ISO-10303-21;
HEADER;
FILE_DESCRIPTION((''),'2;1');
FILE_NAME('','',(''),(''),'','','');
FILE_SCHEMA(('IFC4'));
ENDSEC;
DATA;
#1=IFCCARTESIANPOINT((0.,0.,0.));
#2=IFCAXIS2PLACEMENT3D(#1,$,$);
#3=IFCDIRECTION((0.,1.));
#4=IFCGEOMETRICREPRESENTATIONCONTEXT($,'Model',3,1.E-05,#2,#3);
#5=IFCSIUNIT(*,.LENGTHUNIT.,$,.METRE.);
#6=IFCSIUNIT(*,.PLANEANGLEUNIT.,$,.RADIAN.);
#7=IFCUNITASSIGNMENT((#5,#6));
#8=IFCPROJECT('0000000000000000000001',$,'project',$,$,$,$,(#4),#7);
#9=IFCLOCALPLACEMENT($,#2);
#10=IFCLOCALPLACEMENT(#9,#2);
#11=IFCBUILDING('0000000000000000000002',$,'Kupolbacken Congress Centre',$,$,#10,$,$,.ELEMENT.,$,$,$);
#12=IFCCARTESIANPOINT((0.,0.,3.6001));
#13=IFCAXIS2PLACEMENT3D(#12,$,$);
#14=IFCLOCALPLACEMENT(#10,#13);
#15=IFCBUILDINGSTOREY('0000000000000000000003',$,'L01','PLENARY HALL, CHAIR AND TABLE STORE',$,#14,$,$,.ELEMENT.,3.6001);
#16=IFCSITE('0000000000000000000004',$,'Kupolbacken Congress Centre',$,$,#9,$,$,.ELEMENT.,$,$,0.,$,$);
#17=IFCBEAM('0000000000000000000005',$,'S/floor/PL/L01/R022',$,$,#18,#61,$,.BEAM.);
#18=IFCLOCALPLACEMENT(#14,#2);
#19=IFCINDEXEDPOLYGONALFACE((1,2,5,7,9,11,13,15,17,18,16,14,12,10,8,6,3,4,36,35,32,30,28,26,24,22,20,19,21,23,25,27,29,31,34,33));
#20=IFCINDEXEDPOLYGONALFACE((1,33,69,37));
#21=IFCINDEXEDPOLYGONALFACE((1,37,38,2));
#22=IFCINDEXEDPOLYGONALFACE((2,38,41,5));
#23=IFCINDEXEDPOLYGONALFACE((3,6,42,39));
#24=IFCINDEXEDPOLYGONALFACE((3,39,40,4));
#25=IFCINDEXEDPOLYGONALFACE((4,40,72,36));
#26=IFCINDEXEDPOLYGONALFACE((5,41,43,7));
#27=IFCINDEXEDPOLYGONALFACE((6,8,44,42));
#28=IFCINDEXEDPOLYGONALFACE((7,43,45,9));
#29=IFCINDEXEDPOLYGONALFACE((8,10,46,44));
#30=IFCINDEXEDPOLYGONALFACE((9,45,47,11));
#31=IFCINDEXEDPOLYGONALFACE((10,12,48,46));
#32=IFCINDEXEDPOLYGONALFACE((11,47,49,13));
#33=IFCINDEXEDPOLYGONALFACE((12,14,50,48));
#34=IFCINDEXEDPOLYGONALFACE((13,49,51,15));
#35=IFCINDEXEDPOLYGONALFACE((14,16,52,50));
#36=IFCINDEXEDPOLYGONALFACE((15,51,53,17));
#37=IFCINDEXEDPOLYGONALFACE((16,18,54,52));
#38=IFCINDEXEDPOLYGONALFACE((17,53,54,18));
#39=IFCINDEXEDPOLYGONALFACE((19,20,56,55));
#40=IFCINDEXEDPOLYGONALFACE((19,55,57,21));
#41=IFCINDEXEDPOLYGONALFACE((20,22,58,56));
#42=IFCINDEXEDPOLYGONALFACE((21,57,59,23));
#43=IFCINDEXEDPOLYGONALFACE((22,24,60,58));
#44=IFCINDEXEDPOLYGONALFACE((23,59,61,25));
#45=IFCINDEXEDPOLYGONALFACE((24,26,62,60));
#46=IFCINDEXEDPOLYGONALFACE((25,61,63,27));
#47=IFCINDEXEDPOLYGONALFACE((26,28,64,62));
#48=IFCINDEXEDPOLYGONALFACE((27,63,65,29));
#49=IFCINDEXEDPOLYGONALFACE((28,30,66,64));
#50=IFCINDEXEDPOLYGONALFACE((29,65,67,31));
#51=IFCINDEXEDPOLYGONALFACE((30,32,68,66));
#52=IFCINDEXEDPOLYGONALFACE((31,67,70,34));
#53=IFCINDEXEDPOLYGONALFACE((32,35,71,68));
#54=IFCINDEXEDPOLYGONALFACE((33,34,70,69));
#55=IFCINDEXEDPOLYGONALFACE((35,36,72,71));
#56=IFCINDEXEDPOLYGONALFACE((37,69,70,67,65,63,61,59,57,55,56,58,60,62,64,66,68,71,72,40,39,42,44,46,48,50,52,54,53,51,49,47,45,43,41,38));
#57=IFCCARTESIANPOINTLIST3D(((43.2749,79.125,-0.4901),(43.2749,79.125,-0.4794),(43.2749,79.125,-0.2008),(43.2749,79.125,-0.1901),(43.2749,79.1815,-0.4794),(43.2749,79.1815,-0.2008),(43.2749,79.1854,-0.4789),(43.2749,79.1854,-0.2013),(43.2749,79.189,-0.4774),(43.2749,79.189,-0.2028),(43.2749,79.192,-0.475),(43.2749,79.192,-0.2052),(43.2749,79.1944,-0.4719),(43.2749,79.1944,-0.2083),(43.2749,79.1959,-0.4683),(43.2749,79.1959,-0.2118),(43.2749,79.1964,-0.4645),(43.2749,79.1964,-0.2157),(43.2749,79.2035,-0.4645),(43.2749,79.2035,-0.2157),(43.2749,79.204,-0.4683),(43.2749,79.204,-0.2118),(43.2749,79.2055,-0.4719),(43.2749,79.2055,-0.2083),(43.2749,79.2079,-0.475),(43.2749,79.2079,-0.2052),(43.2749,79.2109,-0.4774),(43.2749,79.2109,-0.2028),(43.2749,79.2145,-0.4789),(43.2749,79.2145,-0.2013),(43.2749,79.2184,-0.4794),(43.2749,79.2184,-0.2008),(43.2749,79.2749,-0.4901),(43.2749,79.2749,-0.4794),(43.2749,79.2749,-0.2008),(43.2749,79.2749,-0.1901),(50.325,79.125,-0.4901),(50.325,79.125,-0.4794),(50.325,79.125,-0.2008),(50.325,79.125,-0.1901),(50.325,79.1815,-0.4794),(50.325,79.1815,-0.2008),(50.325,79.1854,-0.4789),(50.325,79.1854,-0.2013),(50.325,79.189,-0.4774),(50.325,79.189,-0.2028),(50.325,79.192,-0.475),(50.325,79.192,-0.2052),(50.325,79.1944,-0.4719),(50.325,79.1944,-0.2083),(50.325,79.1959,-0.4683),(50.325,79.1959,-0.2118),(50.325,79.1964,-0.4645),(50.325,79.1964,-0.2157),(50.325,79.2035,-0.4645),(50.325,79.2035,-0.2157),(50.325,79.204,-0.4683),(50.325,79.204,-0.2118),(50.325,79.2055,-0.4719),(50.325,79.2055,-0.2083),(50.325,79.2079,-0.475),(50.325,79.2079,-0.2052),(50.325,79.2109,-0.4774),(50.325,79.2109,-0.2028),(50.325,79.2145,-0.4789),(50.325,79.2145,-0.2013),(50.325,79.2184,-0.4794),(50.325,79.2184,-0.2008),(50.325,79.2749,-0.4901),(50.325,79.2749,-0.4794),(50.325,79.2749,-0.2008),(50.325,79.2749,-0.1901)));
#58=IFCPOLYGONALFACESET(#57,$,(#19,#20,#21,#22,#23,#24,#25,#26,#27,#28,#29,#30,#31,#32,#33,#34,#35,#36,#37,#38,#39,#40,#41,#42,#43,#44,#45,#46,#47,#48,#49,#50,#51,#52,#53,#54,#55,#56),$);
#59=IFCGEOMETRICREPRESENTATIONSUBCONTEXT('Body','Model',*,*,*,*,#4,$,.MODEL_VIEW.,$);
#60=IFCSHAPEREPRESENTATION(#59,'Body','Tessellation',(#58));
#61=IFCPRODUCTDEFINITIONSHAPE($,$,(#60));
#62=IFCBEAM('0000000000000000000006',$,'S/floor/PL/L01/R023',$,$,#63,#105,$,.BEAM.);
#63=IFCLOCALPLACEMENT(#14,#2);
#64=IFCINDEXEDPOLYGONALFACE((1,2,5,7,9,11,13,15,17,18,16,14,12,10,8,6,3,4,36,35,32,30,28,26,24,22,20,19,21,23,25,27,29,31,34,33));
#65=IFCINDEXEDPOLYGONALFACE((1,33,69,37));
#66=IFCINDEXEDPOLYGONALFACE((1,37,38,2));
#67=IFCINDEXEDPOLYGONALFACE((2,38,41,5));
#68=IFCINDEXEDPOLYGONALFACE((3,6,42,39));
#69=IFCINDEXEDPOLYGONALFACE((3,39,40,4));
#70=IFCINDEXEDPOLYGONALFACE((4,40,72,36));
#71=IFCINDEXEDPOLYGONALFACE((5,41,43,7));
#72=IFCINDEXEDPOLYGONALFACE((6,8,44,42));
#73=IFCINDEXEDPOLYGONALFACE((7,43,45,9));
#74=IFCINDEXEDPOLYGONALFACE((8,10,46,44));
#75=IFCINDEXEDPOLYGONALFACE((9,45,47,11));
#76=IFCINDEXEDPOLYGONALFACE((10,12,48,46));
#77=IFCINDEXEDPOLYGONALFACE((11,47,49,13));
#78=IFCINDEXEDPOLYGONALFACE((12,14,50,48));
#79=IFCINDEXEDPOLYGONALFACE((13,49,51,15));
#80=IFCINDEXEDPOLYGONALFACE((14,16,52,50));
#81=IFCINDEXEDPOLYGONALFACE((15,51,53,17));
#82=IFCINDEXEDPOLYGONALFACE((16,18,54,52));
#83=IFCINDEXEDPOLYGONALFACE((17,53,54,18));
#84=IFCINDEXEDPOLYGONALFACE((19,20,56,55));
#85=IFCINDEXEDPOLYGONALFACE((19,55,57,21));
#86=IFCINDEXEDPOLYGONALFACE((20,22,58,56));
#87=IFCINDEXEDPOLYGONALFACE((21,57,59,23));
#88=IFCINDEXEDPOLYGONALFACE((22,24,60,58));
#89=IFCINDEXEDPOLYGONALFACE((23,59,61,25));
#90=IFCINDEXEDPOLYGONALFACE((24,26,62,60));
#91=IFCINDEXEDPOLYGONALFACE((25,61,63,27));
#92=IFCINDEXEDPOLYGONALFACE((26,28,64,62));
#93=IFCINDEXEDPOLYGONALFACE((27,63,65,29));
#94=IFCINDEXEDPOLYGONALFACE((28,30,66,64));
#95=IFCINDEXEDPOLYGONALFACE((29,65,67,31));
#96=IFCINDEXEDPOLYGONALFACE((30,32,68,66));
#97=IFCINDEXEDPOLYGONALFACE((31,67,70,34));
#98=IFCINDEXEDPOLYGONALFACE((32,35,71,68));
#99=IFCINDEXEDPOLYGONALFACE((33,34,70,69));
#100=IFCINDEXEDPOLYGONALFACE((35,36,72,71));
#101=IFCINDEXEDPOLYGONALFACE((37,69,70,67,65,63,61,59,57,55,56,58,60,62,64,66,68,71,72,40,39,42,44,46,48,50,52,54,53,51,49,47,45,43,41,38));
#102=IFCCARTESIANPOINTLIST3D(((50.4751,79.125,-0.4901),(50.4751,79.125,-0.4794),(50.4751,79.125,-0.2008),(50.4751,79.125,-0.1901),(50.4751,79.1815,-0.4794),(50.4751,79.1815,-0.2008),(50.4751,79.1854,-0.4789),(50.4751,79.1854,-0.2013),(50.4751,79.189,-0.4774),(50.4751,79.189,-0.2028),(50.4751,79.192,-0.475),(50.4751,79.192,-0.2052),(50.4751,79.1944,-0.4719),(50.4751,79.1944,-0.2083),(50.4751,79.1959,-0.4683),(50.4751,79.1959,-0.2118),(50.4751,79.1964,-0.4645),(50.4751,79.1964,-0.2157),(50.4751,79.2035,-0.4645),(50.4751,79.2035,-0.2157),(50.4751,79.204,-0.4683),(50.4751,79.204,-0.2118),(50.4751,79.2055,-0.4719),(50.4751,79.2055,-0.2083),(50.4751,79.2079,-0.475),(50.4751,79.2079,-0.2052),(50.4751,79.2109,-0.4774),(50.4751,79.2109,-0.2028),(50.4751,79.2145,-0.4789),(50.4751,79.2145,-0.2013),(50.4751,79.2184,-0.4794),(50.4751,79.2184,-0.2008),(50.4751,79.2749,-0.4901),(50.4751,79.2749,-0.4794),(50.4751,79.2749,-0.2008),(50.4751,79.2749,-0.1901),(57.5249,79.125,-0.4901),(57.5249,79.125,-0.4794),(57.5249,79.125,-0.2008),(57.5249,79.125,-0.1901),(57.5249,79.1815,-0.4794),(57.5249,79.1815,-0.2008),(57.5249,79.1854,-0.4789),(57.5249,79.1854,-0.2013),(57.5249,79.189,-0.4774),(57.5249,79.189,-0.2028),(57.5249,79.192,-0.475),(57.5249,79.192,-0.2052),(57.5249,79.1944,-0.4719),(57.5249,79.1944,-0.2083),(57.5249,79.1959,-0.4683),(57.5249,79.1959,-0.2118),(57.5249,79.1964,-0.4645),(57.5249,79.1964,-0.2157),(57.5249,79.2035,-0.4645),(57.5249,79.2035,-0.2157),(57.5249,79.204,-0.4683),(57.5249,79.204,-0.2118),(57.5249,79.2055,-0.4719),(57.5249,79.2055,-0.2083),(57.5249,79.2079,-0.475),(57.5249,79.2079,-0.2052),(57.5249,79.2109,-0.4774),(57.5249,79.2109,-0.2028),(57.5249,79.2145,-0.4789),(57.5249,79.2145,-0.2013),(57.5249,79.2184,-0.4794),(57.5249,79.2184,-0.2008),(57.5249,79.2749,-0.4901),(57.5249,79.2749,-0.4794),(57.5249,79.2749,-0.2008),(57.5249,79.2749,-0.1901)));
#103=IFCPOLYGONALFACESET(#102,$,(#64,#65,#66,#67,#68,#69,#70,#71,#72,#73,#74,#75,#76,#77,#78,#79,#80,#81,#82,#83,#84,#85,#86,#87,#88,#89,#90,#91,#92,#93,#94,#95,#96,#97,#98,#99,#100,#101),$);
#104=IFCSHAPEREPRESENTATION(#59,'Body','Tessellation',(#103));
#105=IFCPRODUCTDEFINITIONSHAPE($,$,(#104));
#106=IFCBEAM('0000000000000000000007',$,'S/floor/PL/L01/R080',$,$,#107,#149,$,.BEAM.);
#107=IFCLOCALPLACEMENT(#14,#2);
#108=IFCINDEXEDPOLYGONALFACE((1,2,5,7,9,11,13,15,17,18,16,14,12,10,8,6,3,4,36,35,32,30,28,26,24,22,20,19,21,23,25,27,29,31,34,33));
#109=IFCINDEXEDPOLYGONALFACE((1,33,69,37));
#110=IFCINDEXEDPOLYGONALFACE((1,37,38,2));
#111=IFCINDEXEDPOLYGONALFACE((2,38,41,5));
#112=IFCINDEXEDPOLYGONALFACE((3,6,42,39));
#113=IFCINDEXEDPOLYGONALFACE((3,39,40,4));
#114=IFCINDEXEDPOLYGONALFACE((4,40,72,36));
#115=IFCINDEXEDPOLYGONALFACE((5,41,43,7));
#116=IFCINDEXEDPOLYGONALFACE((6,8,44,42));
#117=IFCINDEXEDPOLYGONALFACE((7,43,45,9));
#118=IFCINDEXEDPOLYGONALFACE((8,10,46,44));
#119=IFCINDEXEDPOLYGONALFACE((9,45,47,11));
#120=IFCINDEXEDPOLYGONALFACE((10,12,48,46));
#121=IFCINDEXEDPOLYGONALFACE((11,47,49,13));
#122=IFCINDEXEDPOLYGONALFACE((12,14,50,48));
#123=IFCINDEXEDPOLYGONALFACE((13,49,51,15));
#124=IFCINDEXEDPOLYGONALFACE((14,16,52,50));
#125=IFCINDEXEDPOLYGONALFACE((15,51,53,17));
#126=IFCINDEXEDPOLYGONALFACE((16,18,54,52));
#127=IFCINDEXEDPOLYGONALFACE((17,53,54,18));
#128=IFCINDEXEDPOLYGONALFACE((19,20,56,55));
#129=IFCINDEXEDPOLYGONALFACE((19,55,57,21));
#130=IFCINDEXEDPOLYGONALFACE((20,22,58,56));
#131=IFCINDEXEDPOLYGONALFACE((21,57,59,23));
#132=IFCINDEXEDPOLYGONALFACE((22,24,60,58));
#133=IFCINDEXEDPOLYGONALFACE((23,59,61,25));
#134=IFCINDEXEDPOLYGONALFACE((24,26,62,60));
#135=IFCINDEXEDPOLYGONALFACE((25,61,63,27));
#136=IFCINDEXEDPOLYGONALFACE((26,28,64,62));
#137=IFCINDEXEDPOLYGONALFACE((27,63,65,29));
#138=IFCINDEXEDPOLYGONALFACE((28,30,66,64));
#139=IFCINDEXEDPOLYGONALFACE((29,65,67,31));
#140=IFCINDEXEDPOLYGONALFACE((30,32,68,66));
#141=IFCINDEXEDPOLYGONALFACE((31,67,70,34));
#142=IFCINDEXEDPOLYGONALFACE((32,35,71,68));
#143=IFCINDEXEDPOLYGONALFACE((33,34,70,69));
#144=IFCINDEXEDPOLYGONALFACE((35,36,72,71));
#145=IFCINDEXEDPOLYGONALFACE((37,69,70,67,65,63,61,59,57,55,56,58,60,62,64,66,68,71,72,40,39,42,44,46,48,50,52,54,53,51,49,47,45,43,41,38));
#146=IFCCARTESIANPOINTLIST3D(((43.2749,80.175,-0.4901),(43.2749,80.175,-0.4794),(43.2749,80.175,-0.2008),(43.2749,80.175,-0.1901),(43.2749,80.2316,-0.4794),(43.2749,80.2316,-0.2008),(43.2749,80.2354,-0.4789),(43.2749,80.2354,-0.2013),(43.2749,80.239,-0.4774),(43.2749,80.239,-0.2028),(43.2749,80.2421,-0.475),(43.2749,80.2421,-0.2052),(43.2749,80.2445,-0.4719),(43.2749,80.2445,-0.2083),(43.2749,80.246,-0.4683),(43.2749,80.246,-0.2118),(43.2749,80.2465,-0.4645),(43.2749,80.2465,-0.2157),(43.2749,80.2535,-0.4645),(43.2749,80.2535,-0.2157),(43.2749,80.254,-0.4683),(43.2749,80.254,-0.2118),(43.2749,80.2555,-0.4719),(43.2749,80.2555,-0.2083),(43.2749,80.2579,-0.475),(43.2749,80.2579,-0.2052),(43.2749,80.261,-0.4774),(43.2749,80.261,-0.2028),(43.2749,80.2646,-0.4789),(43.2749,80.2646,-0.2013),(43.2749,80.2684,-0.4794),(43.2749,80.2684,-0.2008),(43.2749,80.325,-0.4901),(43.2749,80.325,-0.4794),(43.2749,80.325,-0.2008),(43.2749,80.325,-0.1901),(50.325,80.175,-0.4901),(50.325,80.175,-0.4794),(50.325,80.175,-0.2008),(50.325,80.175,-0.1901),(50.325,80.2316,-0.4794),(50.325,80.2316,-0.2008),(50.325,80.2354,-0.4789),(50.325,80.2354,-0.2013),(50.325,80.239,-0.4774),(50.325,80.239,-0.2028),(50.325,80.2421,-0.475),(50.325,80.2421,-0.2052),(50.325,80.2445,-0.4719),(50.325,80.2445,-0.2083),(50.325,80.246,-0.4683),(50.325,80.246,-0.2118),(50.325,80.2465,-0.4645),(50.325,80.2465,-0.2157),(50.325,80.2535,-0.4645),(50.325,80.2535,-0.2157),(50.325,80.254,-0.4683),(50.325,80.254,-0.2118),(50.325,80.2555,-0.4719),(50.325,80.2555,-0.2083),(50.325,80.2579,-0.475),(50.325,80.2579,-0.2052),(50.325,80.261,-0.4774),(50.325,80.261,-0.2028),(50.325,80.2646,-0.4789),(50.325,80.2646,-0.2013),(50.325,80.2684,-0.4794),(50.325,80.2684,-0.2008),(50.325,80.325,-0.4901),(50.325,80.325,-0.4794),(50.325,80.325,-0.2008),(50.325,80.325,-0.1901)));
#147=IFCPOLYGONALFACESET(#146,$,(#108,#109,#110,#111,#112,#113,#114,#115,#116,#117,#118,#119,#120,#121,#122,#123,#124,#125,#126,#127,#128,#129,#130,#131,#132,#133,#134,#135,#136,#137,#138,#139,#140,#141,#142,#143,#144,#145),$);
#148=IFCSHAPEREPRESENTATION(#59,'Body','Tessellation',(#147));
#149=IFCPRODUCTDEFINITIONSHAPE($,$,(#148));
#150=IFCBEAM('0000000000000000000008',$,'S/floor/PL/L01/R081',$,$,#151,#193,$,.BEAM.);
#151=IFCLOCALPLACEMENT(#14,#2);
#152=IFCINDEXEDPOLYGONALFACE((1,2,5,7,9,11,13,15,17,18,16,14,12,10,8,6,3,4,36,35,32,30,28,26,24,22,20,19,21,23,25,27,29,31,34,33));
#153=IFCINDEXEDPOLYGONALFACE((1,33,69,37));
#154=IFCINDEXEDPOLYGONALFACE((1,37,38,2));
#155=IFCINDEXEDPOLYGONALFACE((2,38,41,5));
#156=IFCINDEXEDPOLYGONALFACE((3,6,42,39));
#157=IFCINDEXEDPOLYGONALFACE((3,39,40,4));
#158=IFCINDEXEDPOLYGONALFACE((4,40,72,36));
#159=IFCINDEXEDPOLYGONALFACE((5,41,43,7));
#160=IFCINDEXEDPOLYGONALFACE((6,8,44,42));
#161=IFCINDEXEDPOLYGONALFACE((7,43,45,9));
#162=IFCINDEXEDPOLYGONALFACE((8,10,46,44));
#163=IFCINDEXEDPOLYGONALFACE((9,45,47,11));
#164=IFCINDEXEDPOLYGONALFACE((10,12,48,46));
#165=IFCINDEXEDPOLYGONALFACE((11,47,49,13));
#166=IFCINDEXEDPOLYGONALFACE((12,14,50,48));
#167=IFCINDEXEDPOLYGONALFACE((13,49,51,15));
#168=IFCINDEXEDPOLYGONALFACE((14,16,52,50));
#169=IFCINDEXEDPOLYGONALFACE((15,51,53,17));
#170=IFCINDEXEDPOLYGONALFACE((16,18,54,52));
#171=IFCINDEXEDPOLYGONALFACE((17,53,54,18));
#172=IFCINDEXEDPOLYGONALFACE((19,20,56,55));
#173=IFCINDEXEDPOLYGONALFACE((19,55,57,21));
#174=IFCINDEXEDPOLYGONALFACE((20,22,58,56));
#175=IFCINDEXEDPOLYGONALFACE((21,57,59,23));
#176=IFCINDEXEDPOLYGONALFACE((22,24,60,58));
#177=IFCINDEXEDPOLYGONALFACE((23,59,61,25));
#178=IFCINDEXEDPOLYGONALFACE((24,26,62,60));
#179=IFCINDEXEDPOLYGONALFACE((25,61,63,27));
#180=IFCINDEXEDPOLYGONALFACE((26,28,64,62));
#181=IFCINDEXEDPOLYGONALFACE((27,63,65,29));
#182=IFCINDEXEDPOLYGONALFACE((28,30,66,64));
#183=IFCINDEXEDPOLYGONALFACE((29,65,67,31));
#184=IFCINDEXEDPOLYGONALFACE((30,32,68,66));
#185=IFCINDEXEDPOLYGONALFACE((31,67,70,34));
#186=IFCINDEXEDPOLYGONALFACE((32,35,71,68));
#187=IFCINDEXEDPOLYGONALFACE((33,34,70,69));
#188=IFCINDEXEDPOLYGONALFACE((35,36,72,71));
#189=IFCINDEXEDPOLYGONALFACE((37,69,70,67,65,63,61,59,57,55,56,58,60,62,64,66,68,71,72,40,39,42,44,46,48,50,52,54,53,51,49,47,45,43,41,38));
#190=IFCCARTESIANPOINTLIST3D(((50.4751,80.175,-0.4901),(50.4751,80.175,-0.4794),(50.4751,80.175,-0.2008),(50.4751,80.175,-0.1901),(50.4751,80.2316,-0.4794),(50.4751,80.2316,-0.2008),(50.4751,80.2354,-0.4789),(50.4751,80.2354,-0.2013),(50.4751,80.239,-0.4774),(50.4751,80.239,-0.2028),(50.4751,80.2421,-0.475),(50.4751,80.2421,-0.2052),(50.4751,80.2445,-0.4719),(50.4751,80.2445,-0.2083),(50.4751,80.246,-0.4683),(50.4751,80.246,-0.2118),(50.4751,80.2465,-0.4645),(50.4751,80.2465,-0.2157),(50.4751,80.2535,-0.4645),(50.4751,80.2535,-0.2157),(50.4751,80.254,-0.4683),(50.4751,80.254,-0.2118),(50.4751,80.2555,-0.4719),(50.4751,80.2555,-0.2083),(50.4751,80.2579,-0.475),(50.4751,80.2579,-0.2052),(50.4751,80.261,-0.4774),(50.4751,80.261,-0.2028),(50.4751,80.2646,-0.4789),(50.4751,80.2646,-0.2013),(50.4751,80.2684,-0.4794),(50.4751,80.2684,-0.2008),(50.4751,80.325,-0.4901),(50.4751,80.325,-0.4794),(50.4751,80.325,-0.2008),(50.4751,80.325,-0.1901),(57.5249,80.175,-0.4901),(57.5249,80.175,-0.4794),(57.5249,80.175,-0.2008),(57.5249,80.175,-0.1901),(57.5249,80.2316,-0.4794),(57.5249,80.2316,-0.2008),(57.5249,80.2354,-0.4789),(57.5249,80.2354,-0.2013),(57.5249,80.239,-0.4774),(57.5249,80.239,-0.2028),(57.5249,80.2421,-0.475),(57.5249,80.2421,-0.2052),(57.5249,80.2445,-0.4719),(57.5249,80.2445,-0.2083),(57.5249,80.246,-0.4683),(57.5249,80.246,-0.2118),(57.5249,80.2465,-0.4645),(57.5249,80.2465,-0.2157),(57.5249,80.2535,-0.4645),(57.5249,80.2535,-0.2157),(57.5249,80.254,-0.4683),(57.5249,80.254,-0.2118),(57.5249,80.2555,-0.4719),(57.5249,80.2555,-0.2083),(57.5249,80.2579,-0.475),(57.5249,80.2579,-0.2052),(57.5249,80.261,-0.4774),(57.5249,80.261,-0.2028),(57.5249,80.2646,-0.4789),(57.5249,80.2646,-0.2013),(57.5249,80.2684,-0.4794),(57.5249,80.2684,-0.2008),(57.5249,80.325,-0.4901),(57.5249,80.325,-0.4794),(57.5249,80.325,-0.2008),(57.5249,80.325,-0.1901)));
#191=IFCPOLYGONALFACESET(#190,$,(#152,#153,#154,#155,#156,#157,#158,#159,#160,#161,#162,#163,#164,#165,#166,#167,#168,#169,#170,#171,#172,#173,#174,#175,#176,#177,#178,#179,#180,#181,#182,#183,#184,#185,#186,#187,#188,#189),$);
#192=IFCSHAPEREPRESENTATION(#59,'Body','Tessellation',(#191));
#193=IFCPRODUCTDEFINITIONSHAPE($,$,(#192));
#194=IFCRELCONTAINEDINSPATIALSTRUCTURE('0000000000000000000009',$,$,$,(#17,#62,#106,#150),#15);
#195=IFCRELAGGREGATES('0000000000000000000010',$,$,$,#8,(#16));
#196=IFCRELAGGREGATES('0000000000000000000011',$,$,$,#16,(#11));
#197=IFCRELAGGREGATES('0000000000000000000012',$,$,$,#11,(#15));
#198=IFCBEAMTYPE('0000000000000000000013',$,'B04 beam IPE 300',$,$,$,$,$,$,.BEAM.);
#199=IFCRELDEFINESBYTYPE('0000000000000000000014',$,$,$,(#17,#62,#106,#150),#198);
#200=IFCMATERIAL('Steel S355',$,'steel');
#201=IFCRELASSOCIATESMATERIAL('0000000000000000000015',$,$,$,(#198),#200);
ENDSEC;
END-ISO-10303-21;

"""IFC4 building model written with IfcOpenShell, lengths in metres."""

from ifc_helpers import new_model, si_unit, direction, frame, origin, origin_2d, place, context, subcontext, project, spatial, i_section, extrude, material, material_profile, profile_set, type_object, element, save


model = new_model("IFC4")

# Units and contexts
model_context = context("Model", 3, precision=1e-05, world=origin(), true_north=direction((0.0, 1.0)))
body_context = subcontext(model_context, "Body", "Model", "MODEL_VIEW")
ifc_project = project(units=[si_unit("LENGTHUNIT", "METRE"), si_unit("PLANEANGLEUNIT", "RADIAN")], contexts=[model_context])

# Site, building, storey
site_placement = place(None, origin())
site = spatial("IfcSite", under=ifc_project, at=site_placement, Name="Kupolbacken Congress Centre", CompositionType="ELEMENT", RefElevation=0.0)
building_placement = place(site_placement, origin())
building = spatial("IfcBuilding", under=site, at=building_placement, Name="Kupolbacken Congress Centre", CompositionType="ELEMENT")
storey_placement = place(building_placement, frame((0.0, 0.0, 3.6001)))
storey = spatial("IfcBuildingStorey", under=building, at=storey_placement, Name="L01", Description="PLENARY HALL, CHAIR AND TABLE STORE", CompositionType="ELEMENT", Elevation=3.6001)

# Beams
ifc_material_1 = material(Name="Steel S355", Category="steel")
ifc_material_profile_1 = material_profile(ifc_material_1, i_section(OverallWidth=0.1499, OverallDepth=0.3, WebThickness=0.0071, FlangeThickness=0.0107, FilletRadius=0.0149, at=origin_2d()), Name="IPE 300")
ifc_profile_set_1 = profile_set([ifc_material_profile_1], Name="Steel S355")
beam_type_1 = type_object("IfcBeamType", Name="B04 beam IPE 300", PredefinedType="BEAM", material=ifc_profile_set_1)
beam_1_placement = place(storey_placement, frame((43.2749, 79.2, -0.3401), z_axis=(1.0, 0.0, 0.0), x_axis=(0.0, 1.0, 0.0)))
element("IfcBeam", 1, at=beam_1_placement, inside=storey, type_object=beam_type_1, Name="S/floor/PL/L01/R022", PredefinedType="BEAM", context=body_context, shape_type="SweptSolid", body=[
    extrude(i_section(OverallWidth=0.1499, OverallDepth=0.3, WebThickness=0.0071, FlangeThickness=0.0107, FilletRadius=0.0149, at=origin_2d()), origin(), (0.0, 0.0, 1.0), 7.05),
])
beam_2_placement = place(storey_placement, frame((50.4751, 79.2, -0.3401), z_axis=(1.0, 0.0, 0.0), x_axis=(0.0, 1.0, 0.0)))
element("IfcBeam", 2, at=beam_2_placement, inside=storey, type_object=beam_type_1, Name="S/floor/PL/L01/R023", PredefinedType="BEAM", context=body_context, shape_type="SweptSolid", body=[
    extrude(i_section(OverallWidth=0.1499, OverallDepth=0.3, WebThickness=0.0071, FlangeThickness=0.0107, FilletRadius=0.0149, at=origin_2d()), origin(), (0.0, 0.0, 1.0), 7.0498),
])
beam_3_placement = place(storey_placement, frame((43.2749, 80.25, -0.3401), z_axis=(1.0, 0.0, 0.0), x_axis=(0.0, 1.0, 0.0)))
element("IfcBeam", 3, at=beam_3_placement, inside=storey, type_object=beam_type_1, Name="S/floor/PL/L01/R080", PredefinedType="BEAM", context=body_context, shape_type="SweptSolid", body=[
    extrude(i_section(OverallWidth=0.1499, OverallDepth=0.3, WebThickness=0.0071, FlangeThickness=0.0107, FilletRadius=0.0149, at=origin_2d()), origin(), (0.0, 0.0, 1.0), 7.05),
])
beam_4_placement = place(storey_placement, frame((50.4751, 80.25, -0.3401), z_axis=(1.0, 0.0, 0.0), x_axis=(0.0, 1.0, 0.0)))
element("IfcBeam", 4, at=beam_4_placement, inside=storey, type_object=beam_type_1, Name="S/floor/PL/L01/R081", PredefinedType="BEAM", context=body_context, shape_type="SweptSolid", body=[
    extrude(i_section(OverallWidth=0.1499, OverallDepth=0.3, WebThickness=0.0071, FlangeThickness=0.0107, FilletRadius=0.0149, at=origin_2d()), origin(), (0.0, 0.0, 1.0), 7.0498),
])

save(model, "model.ifc")
